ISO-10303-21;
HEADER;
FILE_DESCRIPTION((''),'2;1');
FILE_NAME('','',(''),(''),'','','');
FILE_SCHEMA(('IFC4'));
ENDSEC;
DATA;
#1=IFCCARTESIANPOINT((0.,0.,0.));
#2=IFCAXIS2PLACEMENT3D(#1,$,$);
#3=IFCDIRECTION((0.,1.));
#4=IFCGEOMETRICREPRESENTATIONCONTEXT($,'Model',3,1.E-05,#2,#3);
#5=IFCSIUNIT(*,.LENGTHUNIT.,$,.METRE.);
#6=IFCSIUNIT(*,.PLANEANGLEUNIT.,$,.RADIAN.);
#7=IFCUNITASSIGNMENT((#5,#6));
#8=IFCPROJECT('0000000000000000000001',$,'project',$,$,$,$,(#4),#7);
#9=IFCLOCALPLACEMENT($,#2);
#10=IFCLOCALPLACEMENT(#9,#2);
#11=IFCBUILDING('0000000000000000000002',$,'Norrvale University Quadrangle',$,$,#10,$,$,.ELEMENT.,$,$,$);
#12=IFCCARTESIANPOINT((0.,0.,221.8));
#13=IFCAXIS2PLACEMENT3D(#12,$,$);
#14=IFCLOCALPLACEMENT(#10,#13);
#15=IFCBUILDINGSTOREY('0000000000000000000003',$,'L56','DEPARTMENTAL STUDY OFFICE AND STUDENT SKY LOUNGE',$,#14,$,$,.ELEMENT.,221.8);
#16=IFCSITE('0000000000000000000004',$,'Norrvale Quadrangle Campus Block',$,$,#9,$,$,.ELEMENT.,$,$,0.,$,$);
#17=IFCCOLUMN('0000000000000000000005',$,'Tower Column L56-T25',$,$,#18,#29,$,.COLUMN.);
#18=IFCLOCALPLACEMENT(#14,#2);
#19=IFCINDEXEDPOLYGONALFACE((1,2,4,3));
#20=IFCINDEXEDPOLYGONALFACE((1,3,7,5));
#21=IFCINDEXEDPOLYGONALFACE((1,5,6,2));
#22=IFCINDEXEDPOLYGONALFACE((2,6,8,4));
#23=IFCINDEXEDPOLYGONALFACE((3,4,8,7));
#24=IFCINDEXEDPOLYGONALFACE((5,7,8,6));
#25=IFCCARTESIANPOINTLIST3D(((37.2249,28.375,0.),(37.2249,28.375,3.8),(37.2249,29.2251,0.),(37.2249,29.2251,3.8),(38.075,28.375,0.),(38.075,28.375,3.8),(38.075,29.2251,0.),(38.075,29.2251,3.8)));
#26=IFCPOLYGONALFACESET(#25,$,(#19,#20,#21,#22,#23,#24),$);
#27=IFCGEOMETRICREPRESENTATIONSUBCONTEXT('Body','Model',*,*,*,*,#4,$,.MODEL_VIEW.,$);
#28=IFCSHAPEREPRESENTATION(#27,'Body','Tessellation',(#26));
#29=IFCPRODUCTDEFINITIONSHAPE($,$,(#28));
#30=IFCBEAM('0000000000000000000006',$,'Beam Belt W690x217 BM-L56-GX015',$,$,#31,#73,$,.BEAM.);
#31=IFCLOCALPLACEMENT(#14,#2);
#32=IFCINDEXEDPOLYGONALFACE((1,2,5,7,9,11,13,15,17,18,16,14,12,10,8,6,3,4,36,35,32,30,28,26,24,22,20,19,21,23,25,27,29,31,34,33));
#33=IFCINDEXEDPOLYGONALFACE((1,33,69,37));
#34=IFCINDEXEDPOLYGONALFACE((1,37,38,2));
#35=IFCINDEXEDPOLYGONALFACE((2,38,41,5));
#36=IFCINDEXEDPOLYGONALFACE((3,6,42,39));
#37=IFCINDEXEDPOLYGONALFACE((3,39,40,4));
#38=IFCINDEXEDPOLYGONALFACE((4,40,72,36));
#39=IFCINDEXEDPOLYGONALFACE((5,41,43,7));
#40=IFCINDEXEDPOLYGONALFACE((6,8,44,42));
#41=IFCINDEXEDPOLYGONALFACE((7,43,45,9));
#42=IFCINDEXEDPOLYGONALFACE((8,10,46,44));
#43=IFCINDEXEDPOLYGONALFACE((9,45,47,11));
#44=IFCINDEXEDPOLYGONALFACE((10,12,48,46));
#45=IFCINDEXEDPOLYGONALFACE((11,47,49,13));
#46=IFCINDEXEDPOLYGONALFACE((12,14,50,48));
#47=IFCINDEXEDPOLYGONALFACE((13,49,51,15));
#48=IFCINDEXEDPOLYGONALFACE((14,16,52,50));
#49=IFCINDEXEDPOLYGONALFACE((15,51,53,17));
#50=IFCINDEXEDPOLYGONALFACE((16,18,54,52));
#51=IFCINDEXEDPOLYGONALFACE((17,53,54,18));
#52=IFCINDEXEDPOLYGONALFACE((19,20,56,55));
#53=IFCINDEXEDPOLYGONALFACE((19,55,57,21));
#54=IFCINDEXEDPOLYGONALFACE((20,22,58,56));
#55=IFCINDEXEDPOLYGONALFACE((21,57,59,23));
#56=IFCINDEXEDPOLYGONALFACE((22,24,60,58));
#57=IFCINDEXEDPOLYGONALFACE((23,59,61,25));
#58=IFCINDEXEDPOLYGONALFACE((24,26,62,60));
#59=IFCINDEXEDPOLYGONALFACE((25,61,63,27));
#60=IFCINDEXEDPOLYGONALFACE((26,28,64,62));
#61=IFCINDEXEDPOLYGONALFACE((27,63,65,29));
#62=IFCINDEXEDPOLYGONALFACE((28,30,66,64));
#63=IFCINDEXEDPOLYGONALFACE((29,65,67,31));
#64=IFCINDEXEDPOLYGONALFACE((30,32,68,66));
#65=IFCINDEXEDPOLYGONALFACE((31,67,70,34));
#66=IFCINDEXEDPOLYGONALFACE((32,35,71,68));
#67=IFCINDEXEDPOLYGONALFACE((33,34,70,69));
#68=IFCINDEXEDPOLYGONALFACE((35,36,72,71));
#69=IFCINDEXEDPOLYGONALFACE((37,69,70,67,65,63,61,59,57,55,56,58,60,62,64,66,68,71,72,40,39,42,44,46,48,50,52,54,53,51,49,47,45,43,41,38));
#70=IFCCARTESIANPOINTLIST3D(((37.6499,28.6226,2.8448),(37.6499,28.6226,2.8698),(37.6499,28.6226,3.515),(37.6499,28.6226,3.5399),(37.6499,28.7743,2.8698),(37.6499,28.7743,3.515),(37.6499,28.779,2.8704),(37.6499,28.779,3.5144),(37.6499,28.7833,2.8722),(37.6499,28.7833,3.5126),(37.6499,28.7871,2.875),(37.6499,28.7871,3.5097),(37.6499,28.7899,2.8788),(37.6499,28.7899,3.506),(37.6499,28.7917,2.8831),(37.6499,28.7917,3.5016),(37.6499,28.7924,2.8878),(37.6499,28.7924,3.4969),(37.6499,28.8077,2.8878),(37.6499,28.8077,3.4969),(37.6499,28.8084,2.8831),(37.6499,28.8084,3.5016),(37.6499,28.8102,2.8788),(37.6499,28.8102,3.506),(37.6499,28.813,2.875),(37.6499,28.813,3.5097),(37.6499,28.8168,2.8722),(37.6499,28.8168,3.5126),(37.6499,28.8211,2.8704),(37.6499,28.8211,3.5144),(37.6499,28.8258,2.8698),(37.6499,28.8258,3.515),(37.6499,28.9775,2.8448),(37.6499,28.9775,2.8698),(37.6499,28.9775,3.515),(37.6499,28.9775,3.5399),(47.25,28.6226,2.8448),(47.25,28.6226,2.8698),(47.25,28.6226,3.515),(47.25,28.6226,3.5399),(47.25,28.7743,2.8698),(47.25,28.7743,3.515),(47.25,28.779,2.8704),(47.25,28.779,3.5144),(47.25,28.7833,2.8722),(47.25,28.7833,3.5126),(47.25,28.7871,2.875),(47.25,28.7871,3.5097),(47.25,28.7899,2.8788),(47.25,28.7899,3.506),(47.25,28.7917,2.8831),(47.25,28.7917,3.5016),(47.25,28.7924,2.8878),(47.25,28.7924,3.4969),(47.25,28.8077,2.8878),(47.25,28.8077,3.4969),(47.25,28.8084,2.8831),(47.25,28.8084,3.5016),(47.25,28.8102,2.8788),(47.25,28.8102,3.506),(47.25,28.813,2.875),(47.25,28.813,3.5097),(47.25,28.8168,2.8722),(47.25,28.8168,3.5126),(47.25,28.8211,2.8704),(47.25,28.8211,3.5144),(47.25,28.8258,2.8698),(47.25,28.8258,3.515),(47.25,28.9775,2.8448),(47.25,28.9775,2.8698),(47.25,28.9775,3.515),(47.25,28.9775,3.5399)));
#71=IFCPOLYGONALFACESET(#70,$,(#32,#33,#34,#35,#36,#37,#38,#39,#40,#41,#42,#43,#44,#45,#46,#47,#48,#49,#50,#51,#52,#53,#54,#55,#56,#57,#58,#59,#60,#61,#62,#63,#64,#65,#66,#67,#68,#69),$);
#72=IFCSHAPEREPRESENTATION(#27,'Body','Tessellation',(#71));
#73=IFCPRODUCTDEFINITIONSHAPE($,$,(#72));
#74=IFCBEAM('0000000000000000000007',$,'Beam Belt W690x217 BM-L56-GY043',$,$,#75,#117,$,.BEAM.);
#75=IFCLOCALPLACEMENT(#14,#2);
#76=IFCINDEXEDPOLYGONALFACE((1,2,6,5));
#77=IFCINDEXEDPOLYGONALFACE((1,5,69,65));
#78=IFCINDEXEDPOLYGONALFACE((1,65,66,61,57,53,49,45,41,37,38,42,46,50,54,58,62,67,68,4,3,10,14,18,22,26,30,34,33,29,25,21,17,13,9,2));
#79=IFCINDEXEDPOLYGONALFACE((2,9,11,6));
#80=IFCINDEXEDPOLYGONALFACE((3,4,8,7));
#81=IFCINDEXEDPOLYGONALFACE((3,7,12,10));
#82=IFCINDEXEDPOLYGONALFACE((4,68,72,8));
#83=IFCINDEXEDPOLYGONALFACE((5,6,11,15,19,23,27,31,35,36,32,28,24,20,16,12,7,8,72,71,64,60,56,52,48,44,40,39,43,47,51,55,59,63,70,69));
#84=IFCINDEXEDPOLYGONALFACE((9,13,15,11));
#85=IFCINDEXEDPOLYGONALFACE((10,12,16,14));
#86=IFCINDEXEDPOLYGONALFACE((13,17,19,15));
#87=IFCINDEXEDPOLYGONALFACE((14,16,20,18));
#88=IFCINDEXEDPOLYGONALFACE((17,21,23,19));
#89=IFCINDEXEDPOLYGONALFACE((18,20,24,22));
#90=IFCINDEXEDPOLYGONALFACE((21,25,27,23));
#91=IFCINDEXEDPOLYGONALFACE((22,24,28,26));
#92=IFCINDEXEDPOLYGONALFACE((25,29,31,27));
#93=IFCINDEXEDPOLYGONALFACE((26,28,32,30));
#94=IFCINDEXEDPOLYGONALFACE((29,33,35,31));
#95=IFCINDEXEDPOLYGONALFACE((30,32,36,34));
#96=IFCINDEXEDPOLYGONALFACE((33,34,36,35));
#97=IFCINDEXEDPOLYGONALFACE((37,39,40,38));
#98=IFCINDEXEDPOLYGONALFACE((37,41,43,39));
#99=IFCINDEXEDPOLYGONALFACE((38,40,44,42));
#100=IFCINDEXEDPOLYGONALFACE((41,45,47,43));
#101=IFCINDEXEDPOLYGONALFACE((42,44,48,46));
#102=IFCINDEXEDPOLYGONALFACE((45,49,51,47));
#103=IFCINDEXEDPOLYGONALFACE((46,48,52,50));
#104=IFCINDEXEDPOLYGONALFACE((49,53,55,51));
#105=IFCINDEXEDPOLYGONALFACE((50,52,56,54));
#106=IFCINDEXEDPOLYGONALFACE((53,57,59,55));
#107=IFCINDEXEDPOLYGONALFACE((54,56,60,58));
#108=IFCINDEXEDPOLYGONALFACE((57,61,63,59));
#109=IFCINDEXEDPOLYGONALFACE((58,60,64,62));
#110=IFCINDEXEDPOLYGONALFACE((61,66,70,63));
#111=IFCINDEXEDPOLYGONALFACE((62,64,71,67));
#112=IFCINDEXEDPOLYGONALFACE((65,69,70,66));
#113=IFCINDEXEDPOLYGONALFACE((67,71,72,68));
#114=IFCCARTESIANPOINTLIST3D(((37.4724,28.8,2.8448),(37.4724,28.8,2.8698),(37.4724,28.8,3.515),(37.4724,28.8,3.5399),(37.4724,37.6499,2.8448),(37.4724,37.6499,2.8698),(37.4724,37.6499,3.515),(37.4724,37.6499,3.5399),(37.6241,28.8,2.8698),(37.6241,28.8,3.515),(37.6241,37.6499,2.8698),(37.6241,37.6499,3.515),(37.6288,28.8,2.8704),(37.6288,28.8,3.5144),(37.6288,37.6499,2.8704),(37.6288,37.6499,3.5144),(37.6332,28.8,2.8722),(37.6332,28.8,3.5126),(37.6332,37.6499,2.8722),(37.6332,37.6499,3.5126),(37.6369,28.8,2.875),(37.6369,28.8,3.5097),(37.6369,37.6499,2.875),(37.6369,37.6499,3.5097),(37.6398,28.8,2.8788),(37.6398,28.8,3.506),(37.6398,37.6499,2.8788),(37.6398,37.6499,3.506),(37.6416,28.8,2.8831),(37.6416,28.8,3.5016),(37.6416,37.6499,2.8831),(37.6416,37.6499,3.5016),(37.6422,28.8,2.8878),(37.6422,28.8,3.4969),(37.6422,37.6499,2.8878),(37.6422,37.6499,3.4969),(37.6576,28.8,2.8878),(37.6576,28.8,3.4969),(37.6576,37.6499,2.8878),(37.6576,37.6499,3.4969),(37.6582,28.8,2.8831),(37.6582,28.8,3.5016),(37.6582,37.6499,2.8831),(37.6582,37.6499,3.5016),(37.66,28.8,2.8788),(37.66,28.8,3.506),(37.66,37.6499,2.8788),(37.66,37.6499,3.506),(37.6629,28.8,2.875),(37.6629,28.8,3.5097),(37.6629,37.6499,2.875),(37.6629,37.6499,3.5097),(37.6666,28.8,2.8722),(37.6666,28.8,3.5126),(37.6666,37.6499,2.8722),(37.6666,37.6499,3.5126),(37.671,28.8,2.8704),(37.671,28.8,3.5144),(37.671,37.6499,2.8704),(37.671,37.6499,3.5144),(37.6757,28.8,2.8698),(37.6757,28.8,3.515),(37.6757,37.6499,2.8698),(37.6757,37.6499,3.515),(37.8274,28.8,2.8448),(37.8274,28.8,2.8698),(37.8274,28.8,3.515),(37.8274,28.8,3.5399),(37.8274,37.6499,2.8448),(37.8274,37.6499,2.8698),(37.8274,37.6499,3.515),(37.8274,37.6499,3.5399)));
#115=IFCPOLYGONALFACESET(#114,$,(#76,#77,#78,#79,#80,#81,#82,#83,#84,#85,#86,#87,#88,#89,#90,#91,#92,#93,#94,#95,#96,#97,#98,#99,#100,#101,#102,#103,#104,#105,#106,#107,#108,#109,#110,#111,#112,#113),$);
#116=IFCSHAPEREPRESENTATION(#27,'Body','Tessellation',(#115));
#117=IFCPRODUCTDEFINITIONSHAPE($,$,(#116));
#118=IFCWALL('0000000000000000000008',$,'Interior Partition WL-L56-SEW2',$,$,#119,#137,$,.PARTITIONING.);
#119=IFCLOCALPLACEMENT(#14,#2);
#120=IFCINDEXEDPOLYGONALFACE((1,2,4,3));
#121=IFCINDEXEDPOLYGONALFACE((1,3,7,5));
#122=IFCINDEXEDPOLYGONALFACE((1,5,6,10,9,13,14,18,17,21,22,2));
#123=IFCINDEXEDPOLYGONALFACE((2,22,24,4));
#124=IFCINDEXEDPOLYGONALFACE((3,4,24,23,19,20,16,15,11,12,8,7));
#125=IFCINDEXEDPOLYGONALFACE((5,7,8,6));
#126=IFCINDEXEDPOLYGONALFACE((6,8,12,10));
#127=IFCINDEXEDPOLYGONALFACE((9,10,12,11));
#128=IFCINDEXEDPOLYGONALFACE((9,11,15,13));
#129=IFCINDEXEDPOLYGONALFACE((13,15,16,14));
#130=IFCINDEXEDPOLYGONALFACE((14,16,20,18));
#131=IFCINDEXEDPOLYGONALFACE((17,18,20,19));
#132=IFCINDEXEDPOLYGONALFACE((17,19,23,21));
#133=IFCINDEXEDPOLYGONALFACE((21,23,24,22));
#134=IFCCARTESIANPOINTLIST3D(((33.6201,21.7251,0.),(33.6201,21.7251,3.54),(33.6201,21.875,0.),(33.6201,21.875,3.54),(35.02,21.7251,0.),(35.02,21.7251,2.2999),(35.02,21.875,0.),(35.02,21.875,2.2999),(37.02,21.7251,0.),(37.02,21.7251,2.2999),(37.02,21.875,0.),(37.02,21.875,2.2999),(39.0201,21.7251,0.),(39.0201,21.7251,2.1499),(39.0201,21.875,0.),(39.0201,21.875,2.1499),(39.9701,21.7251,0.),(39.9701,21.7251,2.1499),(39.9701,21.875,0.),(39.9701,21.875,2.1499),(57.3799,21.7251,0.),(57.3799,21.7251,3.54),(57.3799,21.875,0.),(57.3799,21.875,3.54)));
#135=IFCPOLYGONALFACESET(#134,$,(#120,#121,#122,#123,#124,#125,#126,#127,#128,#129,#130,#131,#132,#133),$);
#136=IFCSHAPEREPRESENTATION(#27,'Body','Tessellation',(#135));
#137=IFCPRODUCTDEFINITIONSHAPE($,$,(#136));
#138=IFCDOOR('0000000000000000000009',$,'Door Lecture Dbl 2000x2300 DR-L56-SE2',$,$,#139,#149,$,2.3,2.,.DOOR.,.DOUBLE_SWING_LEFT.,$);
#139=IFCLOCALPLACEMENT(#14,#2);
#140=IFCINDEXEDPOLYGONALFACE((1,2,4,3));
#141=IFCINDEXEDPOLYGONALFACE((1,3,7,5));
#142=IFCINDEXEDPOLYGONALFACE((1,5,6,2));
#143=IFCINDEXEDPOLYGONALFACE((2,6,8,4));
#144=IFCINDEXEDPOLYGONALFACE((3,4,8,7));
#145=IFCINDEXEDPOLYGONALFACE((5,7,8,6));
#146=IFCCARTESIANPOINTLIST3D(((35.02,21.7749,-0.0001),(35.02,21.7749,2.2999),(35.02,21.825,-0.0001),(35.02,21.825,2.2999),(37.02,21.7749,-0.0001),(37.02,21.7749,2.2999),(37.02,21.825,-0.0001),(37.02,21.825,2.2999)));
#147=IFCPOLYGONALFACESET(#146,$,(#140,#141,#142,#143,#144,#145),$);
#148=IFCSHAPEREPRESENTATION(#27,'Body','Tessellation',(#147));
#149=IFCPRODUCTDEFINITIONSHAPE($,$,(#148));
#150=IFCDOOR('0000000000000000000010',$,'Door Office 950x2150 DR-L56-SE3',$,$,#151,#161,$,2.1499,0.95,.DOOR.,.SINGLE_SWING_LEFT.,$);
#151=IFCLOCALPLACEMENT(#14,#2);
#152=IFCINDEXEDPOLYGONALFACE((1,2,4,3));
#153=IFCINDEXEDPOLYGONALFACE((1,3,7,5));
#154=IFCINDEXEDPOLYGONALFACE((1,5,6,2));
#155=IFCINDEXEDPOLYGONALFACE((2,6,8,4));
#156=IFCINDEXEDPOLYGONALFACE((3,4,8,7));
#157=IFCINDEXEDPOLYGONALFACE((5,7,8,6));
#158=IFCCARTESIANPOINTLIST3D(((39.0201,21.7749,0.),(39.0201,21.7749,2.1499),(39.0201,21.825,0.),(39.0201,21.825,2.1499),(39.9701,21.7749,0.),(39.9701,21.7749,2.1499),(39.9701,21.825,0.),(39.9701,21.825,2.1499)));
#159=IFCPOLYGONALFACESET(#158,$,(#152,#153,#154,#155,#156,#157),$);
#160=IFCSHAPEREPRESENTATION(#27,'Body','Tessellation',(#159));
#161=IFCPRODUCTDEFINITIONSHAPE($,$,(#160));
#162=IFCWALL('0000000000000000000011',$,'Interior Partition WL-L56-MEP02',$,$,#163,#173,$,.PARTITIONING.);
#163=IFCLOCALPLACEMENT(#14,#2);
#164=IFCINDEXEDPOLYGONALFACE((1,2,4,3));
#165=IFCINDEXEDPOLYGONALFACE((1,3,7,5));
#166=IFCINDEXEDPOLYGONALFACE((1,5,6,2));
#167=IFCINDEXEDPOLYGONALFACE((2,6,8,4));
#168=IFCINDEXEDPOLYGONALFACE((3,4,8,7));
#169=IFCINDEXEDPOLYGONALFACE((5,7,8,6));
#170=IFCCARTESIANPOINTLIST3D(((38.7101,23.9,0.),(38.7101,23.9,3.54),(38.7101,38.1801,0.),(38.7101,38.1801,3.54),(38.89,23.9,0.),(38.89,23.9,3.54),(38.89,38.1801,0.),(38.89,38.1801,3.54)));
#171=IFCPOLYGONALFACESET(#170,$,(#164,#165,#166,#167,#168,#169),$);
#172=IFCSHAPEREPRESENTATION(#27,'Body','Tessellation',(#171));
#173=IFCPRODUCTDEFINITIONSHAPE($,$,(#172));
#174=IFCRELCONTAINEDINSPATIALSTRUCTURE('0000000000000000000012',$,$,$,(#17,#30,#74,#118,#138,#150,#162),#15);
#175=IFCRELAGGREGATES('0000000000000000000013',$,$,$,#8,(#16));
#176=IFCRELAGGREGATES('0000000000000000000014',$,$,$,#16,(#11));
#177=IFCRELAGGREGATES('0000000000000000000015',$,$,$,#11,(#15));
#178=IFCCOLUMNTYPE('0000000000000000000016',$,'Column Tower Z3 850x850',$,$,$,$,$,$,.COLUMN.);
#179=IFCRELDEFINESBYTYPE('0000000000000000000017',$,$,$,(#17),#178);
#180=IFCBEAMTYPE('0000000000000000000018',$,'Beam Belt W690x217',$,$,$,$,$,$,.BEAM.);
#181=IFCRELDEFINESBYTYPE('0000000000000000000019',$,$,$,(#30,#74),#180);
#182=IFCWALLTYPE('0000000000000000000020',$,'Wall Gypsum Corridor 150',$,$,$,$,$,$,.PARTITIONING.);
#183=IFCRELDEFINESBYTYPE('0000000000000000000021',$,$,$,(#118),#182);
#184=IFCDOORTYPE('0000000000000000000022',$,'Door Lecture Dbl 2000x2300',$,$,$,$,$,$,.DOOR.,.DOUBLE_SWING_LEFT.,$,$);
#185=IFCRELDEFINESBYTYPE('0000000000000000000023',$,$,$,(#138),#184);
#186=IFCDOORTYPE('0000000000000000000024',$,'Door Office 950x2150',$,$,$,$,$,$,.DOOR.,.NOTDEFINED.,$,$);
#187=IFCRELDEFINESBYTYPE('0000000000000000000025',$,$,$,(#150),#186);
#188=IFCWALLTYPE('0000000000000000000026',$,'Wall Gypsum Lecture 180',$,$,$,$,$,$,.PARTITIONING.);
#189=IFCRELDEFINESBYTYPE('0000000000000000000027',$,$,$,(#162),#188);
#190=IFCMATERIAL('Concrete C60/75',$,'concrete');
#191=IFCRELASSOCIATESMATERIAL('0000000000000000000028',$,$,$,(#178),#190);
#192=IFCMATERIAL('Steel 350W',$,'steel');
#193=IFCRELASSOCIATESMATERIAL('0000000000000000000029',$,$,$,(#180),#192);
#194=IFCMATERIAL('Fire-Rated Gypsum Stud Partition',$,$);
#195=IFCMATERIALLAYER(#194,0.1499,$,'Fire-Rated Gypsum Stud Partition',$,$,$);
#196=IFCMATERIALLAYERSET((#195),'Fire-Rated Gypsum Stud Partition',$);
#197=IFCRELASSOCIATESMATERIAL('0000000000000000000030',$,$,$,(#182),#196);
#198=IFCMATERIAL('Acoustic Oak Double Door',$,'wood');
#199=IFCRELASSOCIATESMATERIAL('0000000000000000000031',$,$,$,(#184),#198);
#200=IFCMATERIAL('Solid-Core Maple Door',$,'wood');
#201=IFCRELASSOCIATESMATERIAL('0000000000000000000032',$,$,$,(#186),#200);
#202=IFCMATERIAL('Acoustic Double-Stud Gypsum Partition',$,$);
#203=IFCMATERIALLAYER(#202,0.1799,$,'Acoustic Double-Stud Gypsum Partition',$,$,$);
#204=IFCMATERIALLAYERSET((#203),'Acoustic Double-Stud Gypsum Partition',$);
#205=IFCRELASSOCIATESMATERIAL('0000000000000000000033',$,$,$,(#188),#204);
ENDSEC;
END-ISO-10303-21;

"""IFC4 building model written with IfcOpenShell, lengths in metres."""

from ifc_helpers import new_model, si_unit, direction, frame, frame_2d, origin, origin_2d, place, context, subcontext, project, spatial, rectangle, i_section, extrude, material, layer, layer_set, material_profile, profile_set, type_object, element, fill, save


model = new_model("IFC4")

# Units and contexts
model_context = context("Model", 3, precision=1e-05, world=origin(), true_north=direction((0.0, 1.0)))
body_context = subcontext(model_context, "Body", "Model", "MODEL_VIEW")
ifc_project = project(units=[si_unit("LENGTHUNIT", "METRE"), si_unit("PLANEANGLEUNIT", "RADIAN")], contexts=[model_context])

# Site, building, storey
site_placement = place(None, origin())
site = spatial("IfcSite", under=ifc_project, at=site_placement, Name="Norrvale Quadrangle Campus Block", CompositionType="ELEMENT", RefElevation=0.0)
building_placement = place(site_placement, origin())
building = spatial("IfcBuilding", under=site, at=building_placement, Name="Norrvale University Quadrangle", CompositionType="ELEMENT")
storey_placement = place(building_placement, frame((0.0, 0.0, 221.8)))
storey = spatial("IfcBuildingStorey", under=building, at=storey_placement, Name="L56", Description="DEPARTMENTAL STUDY OFFICE AND STUDENT SKY LOUNGE", CompositionType="ELEMENT", Elevation=221.8)

# Column
ifc_material_1 = material(Name="Concrete C60/75", Category="concrete")
ifc_material_profile_1 = material_profile(ifc_material_1, rectangle(XDim=0.8501, YDim=0.8501, at=origin_2d()), Name="Concrete C60/75")
ifc_profile_set_1 = profile_set([ifc_material_profile_1], Name="Concrete C60/75")
column_type = type_object("IfcColumnType", Name="Column Tower Z3 850x850", PredefinedType="COLUMN", material=ifc_profile_set_1)
column_placement = place(storey_placement, frame((37.6499, 28.8, 0.0), z_axis=(0.0, 0.0, 1.0), x_axis=(1.0, 0.0, 0.0)))
element("IfcColumn", 1, at=column_placement, inside=storey, type_object=column_type, Name="Tower Column L56-T25", PredefinedType="COLUMN", context=body_context, shape_type="SweptSolid", body=[
    extrude(rectangle(XDim=0.8501, YDim=0.8501, at=origin_2d()), origin(), (0.0, 0.0, 1.0), 3.8),
])

# Beams
ifc_material_2 = material(Name="Steel 350W", Category="steel")
ifc_material_profile_2 = material_profile(ifc_material_2, i_section(OverallWidth=0.355, OverallDepth=0.6951, WebThickness=0.0154, FlangeThickness=0.0249, FilletRadius=0.0181, at=origin_2d()), Name="Steel 350W")
ifc_profile_set_2 = profile_set([ifc_material_profile_2], Name="Steel 350W")
beam_type = type_object("IfcBeamType", Name="Beam Belt W690x217", PredefinedType="BEAM", material=ifc_profile_set_2)
beam_1_placement = place(storey_placement, frame((37.6499, 28.8, 3.1924), z_axis=(1.0, 0.0, 0.0), x_axis=(0.0, 1.0, 0.0)))
element("IfcBeam", 2, at=beam_1_placement, inside=storey, type_object=beam_type, Name="Beam Belt W690x217 BM-L56-GX015", PredefinedType="BEAM", context=body_context, shape_type="SweptSolid", body=[
    extrude(i_section(OverallWidth=0.355, OverallDepth=0.6951, WebThickness=0.0154, FlangeThickness=0.0249, FilletRadius=0.0181, at=origin_2d()), origin(), (0.0, 0.0, 1.0), 9.6001),
])
beam_2_placement = place(storey_placement, frame((37.6499, 28.8, 3.1924), z_axis=(0.0, 1.0, 0.0), x_axis=(-1.0, 0.0, 0.0)))
element("IfcBeam", 3, at=beam_2_placement, inside=storey, type_object=beam_type, Name="Beam Belt W690x217 BM-L56-GY043", PredefinedType="BEAM", context=body_context, shape_type="SweptSolid", body=[
    extrude(i_section(OverallWidth=0.355, OverallDepth=0.6951, WebThickness=0.0154, FlangeThickness=0.0249, FilletRadius=0.0181, at=origin_2d()), origin(), (0.0, 0.0, 1.0), 8.8499),
])

# Wall, openings, doors
ifc_material_3 = material(Name="Fire-Rated Gypsum Stud Partition")
ifc_layer_1 = layer(ifc_material_3, 0.1499, Name="Fire-Rated Gypsum Stud Partition")
ifc_layer_set_1 = layer_set([ifc_layer_1], Name="Fire-Rated Gypsum Stud Partition")
wall_type_1 = type_object("IfcWallType", Name="Wall Gypsum Corridor 150", PredefinedType="PARTITIONING", material=ifc_layer_set_1)
wall_1_placement = place(storey_placement, frame((33.6201, 21.8, 0.0), z_axis=(0.0, 0.0, 1.0), x_axis=(1.0, 0.0, 0.0)))
wall_1 = element("IfcWall", 4, at=wall_1_placement, inside=storey, type_object=wall_type_1, Name="Interior Partition WL-L56-SEW2", PredefinedType="PARTITIONING", context=body_context, shape_type="SweptSolid", body=[
    extrude(rectangle(XDim=23.7598, YDim=0.1499, at=frame_2d((11.8799, 0.0))), origin(), (0.0, 0.0, 1.0), 3.54),
])
opening_1_placement = place(wall_1_placement, frame((1.3999, 0.0, 0.0)))
opening_1 = element("IfcOpeningElement", 5, at=opening_1_placement, cuts=wall_1, PredefinedType="OPENING", context=body_context, shape_type="SweptSolid", body=[
    extrude(rectangle(XDim=2.0, YDim=2.3, at=frame_2d((1.0, 1.1499))), frame((0.0, 0.0869, 0.0), z_axis=(0.0, -1.0, 0.0), x_axis=(1.0, 0.0, 0.0)), (0.0, 0.0, 1.0), 0.1738),
])
opening_2_placement = place(wall_1_placement, frame((5.3999, 0.0, 0.0)))
opening_2 = element("IfcOpeningElement", 6, at=opening_2_placement, cuts=wall_1, PredefinedType="OPENING", context=body_context, shape_type="SweptSolid", body=[
    extrude(rectangle(XDim=0.95, YDim=2.1499, at=frame_2d((0.4751, 1.075))), frame((0.0, 0.0869, 0.0), z_axis=(0.0, -1.0, 0.0), x_axis=(1.0, 0.0, 0.0)), (0.0, 0.0, 1.0), 0.1738),
])
ifc_material_4 = material(Name="Acoustic Oak Double Door", Category="wood")
door_type_1 = type_object("IfcDoorType", Name="Door Lecture Dbl 2000x2300", OperationType="DOUBLE_SWING_LEFT", PredefinedType="DOOR", material=ifc_material_4)
door_1_placement = place(opening_1_placement, origin())
door_1 = element("IfcDoor", 7, at=door_1_placement, inside=storey, type_object=door_type_1, Name="Door Lecture Dbl 2000x2300 DR-L56-SE2", OperationType="DOUBLE_SWING_LEFT", OverallHeight=2.3, OverallWidth=2.0, PredefinedType="DOOR", context=body_context, shape_type="SweptSolid", body=[
    extrude(rectangle(XDim=2.0, YDim=2.3, at=frame_2d((1.0, 1.1499))), frame((0.0, 0.0249, 0.0), z_axis=(0.0, -1.0, 0.0), x_axis=(1.0, 0.0, 0.0)), (0.0, 0.0, 1.0), 0.05),
])
fill(opening_1, door_1)
ifc_material_5 = material(Name="Solid-Core Maple Door", Category="wood")
door_type_2 = type_object("IfcDoorType", Name="Door Office 950x2150", OperationType="NOTDEFINED", PredefinedType="DOOR", material=ifc_material_5)
door_2_placement = place(opening_2_placement, origin())
door_2 = element("IfcDoor", 8, at=door_2_placement, inside=storey, type_object=door_type_2, Name="Door Office 950x2150 DR-L56-SE3", OperationType="SINGLE_SWING_LEFT", OverallHeight=2.1499, OverallWidth=0.95, PredefinedType="DOOR", context=body_context, shape_type="SweptSolid", body=[
    extrude(rectangle(XDim=0.95, YDim=2.1499, at=frame_2d((0.4751, 1.075))), frame((0.0, 0.0249, 0.0), z_axis=(0.0, -1.0, 0.0), x_axis=(1.0, 0.0, 0.0)), (0.0, 0.0, 1.0), 0.05),
])
fill(opening_2, door_2)

# Wall
ifc_material_6 = material(Name="Acoustic Double-Stud Gypsum Partition")
ifc_layer_2 = layer(ifc_material_6, 0.1799, Name="Acoustic Double-Stud Gypsum Partition")
ifc_layer_set_2 = layer_set([ifc_layer_2], Name="Acoustic Double-Stud Gypsum Partition")
wall_type_2 = type_object("IfcWallType", Name="Wall Gypsum Lecture 180", PredefinedType="PARTITIONING", material=ifc_layer_set_2)
wall_2_placement = place(storey_placement, frame((38.8, 23.8999, 0.0), z_axis=(0.0, 0.0, 1.0), x_axis=(0.0, 1.0, 0.0)))
element("IfcWall", 9, at=wall_2_placement, inside=storey, type_object=wall_type_2, Name="Interior Partition WL-L56-MEP02", PredefinedType="PARTITIONING", context=body_context, shape_type="SweptSolid", body=[
    extrude(rectangle(XDim=14.28, YDim=0.1799, at=frame_2d((7.1401, 0.0))), origin(), (0.0, 0.0, 1.0), 3.54),
])

save(model, "model.ifc")
